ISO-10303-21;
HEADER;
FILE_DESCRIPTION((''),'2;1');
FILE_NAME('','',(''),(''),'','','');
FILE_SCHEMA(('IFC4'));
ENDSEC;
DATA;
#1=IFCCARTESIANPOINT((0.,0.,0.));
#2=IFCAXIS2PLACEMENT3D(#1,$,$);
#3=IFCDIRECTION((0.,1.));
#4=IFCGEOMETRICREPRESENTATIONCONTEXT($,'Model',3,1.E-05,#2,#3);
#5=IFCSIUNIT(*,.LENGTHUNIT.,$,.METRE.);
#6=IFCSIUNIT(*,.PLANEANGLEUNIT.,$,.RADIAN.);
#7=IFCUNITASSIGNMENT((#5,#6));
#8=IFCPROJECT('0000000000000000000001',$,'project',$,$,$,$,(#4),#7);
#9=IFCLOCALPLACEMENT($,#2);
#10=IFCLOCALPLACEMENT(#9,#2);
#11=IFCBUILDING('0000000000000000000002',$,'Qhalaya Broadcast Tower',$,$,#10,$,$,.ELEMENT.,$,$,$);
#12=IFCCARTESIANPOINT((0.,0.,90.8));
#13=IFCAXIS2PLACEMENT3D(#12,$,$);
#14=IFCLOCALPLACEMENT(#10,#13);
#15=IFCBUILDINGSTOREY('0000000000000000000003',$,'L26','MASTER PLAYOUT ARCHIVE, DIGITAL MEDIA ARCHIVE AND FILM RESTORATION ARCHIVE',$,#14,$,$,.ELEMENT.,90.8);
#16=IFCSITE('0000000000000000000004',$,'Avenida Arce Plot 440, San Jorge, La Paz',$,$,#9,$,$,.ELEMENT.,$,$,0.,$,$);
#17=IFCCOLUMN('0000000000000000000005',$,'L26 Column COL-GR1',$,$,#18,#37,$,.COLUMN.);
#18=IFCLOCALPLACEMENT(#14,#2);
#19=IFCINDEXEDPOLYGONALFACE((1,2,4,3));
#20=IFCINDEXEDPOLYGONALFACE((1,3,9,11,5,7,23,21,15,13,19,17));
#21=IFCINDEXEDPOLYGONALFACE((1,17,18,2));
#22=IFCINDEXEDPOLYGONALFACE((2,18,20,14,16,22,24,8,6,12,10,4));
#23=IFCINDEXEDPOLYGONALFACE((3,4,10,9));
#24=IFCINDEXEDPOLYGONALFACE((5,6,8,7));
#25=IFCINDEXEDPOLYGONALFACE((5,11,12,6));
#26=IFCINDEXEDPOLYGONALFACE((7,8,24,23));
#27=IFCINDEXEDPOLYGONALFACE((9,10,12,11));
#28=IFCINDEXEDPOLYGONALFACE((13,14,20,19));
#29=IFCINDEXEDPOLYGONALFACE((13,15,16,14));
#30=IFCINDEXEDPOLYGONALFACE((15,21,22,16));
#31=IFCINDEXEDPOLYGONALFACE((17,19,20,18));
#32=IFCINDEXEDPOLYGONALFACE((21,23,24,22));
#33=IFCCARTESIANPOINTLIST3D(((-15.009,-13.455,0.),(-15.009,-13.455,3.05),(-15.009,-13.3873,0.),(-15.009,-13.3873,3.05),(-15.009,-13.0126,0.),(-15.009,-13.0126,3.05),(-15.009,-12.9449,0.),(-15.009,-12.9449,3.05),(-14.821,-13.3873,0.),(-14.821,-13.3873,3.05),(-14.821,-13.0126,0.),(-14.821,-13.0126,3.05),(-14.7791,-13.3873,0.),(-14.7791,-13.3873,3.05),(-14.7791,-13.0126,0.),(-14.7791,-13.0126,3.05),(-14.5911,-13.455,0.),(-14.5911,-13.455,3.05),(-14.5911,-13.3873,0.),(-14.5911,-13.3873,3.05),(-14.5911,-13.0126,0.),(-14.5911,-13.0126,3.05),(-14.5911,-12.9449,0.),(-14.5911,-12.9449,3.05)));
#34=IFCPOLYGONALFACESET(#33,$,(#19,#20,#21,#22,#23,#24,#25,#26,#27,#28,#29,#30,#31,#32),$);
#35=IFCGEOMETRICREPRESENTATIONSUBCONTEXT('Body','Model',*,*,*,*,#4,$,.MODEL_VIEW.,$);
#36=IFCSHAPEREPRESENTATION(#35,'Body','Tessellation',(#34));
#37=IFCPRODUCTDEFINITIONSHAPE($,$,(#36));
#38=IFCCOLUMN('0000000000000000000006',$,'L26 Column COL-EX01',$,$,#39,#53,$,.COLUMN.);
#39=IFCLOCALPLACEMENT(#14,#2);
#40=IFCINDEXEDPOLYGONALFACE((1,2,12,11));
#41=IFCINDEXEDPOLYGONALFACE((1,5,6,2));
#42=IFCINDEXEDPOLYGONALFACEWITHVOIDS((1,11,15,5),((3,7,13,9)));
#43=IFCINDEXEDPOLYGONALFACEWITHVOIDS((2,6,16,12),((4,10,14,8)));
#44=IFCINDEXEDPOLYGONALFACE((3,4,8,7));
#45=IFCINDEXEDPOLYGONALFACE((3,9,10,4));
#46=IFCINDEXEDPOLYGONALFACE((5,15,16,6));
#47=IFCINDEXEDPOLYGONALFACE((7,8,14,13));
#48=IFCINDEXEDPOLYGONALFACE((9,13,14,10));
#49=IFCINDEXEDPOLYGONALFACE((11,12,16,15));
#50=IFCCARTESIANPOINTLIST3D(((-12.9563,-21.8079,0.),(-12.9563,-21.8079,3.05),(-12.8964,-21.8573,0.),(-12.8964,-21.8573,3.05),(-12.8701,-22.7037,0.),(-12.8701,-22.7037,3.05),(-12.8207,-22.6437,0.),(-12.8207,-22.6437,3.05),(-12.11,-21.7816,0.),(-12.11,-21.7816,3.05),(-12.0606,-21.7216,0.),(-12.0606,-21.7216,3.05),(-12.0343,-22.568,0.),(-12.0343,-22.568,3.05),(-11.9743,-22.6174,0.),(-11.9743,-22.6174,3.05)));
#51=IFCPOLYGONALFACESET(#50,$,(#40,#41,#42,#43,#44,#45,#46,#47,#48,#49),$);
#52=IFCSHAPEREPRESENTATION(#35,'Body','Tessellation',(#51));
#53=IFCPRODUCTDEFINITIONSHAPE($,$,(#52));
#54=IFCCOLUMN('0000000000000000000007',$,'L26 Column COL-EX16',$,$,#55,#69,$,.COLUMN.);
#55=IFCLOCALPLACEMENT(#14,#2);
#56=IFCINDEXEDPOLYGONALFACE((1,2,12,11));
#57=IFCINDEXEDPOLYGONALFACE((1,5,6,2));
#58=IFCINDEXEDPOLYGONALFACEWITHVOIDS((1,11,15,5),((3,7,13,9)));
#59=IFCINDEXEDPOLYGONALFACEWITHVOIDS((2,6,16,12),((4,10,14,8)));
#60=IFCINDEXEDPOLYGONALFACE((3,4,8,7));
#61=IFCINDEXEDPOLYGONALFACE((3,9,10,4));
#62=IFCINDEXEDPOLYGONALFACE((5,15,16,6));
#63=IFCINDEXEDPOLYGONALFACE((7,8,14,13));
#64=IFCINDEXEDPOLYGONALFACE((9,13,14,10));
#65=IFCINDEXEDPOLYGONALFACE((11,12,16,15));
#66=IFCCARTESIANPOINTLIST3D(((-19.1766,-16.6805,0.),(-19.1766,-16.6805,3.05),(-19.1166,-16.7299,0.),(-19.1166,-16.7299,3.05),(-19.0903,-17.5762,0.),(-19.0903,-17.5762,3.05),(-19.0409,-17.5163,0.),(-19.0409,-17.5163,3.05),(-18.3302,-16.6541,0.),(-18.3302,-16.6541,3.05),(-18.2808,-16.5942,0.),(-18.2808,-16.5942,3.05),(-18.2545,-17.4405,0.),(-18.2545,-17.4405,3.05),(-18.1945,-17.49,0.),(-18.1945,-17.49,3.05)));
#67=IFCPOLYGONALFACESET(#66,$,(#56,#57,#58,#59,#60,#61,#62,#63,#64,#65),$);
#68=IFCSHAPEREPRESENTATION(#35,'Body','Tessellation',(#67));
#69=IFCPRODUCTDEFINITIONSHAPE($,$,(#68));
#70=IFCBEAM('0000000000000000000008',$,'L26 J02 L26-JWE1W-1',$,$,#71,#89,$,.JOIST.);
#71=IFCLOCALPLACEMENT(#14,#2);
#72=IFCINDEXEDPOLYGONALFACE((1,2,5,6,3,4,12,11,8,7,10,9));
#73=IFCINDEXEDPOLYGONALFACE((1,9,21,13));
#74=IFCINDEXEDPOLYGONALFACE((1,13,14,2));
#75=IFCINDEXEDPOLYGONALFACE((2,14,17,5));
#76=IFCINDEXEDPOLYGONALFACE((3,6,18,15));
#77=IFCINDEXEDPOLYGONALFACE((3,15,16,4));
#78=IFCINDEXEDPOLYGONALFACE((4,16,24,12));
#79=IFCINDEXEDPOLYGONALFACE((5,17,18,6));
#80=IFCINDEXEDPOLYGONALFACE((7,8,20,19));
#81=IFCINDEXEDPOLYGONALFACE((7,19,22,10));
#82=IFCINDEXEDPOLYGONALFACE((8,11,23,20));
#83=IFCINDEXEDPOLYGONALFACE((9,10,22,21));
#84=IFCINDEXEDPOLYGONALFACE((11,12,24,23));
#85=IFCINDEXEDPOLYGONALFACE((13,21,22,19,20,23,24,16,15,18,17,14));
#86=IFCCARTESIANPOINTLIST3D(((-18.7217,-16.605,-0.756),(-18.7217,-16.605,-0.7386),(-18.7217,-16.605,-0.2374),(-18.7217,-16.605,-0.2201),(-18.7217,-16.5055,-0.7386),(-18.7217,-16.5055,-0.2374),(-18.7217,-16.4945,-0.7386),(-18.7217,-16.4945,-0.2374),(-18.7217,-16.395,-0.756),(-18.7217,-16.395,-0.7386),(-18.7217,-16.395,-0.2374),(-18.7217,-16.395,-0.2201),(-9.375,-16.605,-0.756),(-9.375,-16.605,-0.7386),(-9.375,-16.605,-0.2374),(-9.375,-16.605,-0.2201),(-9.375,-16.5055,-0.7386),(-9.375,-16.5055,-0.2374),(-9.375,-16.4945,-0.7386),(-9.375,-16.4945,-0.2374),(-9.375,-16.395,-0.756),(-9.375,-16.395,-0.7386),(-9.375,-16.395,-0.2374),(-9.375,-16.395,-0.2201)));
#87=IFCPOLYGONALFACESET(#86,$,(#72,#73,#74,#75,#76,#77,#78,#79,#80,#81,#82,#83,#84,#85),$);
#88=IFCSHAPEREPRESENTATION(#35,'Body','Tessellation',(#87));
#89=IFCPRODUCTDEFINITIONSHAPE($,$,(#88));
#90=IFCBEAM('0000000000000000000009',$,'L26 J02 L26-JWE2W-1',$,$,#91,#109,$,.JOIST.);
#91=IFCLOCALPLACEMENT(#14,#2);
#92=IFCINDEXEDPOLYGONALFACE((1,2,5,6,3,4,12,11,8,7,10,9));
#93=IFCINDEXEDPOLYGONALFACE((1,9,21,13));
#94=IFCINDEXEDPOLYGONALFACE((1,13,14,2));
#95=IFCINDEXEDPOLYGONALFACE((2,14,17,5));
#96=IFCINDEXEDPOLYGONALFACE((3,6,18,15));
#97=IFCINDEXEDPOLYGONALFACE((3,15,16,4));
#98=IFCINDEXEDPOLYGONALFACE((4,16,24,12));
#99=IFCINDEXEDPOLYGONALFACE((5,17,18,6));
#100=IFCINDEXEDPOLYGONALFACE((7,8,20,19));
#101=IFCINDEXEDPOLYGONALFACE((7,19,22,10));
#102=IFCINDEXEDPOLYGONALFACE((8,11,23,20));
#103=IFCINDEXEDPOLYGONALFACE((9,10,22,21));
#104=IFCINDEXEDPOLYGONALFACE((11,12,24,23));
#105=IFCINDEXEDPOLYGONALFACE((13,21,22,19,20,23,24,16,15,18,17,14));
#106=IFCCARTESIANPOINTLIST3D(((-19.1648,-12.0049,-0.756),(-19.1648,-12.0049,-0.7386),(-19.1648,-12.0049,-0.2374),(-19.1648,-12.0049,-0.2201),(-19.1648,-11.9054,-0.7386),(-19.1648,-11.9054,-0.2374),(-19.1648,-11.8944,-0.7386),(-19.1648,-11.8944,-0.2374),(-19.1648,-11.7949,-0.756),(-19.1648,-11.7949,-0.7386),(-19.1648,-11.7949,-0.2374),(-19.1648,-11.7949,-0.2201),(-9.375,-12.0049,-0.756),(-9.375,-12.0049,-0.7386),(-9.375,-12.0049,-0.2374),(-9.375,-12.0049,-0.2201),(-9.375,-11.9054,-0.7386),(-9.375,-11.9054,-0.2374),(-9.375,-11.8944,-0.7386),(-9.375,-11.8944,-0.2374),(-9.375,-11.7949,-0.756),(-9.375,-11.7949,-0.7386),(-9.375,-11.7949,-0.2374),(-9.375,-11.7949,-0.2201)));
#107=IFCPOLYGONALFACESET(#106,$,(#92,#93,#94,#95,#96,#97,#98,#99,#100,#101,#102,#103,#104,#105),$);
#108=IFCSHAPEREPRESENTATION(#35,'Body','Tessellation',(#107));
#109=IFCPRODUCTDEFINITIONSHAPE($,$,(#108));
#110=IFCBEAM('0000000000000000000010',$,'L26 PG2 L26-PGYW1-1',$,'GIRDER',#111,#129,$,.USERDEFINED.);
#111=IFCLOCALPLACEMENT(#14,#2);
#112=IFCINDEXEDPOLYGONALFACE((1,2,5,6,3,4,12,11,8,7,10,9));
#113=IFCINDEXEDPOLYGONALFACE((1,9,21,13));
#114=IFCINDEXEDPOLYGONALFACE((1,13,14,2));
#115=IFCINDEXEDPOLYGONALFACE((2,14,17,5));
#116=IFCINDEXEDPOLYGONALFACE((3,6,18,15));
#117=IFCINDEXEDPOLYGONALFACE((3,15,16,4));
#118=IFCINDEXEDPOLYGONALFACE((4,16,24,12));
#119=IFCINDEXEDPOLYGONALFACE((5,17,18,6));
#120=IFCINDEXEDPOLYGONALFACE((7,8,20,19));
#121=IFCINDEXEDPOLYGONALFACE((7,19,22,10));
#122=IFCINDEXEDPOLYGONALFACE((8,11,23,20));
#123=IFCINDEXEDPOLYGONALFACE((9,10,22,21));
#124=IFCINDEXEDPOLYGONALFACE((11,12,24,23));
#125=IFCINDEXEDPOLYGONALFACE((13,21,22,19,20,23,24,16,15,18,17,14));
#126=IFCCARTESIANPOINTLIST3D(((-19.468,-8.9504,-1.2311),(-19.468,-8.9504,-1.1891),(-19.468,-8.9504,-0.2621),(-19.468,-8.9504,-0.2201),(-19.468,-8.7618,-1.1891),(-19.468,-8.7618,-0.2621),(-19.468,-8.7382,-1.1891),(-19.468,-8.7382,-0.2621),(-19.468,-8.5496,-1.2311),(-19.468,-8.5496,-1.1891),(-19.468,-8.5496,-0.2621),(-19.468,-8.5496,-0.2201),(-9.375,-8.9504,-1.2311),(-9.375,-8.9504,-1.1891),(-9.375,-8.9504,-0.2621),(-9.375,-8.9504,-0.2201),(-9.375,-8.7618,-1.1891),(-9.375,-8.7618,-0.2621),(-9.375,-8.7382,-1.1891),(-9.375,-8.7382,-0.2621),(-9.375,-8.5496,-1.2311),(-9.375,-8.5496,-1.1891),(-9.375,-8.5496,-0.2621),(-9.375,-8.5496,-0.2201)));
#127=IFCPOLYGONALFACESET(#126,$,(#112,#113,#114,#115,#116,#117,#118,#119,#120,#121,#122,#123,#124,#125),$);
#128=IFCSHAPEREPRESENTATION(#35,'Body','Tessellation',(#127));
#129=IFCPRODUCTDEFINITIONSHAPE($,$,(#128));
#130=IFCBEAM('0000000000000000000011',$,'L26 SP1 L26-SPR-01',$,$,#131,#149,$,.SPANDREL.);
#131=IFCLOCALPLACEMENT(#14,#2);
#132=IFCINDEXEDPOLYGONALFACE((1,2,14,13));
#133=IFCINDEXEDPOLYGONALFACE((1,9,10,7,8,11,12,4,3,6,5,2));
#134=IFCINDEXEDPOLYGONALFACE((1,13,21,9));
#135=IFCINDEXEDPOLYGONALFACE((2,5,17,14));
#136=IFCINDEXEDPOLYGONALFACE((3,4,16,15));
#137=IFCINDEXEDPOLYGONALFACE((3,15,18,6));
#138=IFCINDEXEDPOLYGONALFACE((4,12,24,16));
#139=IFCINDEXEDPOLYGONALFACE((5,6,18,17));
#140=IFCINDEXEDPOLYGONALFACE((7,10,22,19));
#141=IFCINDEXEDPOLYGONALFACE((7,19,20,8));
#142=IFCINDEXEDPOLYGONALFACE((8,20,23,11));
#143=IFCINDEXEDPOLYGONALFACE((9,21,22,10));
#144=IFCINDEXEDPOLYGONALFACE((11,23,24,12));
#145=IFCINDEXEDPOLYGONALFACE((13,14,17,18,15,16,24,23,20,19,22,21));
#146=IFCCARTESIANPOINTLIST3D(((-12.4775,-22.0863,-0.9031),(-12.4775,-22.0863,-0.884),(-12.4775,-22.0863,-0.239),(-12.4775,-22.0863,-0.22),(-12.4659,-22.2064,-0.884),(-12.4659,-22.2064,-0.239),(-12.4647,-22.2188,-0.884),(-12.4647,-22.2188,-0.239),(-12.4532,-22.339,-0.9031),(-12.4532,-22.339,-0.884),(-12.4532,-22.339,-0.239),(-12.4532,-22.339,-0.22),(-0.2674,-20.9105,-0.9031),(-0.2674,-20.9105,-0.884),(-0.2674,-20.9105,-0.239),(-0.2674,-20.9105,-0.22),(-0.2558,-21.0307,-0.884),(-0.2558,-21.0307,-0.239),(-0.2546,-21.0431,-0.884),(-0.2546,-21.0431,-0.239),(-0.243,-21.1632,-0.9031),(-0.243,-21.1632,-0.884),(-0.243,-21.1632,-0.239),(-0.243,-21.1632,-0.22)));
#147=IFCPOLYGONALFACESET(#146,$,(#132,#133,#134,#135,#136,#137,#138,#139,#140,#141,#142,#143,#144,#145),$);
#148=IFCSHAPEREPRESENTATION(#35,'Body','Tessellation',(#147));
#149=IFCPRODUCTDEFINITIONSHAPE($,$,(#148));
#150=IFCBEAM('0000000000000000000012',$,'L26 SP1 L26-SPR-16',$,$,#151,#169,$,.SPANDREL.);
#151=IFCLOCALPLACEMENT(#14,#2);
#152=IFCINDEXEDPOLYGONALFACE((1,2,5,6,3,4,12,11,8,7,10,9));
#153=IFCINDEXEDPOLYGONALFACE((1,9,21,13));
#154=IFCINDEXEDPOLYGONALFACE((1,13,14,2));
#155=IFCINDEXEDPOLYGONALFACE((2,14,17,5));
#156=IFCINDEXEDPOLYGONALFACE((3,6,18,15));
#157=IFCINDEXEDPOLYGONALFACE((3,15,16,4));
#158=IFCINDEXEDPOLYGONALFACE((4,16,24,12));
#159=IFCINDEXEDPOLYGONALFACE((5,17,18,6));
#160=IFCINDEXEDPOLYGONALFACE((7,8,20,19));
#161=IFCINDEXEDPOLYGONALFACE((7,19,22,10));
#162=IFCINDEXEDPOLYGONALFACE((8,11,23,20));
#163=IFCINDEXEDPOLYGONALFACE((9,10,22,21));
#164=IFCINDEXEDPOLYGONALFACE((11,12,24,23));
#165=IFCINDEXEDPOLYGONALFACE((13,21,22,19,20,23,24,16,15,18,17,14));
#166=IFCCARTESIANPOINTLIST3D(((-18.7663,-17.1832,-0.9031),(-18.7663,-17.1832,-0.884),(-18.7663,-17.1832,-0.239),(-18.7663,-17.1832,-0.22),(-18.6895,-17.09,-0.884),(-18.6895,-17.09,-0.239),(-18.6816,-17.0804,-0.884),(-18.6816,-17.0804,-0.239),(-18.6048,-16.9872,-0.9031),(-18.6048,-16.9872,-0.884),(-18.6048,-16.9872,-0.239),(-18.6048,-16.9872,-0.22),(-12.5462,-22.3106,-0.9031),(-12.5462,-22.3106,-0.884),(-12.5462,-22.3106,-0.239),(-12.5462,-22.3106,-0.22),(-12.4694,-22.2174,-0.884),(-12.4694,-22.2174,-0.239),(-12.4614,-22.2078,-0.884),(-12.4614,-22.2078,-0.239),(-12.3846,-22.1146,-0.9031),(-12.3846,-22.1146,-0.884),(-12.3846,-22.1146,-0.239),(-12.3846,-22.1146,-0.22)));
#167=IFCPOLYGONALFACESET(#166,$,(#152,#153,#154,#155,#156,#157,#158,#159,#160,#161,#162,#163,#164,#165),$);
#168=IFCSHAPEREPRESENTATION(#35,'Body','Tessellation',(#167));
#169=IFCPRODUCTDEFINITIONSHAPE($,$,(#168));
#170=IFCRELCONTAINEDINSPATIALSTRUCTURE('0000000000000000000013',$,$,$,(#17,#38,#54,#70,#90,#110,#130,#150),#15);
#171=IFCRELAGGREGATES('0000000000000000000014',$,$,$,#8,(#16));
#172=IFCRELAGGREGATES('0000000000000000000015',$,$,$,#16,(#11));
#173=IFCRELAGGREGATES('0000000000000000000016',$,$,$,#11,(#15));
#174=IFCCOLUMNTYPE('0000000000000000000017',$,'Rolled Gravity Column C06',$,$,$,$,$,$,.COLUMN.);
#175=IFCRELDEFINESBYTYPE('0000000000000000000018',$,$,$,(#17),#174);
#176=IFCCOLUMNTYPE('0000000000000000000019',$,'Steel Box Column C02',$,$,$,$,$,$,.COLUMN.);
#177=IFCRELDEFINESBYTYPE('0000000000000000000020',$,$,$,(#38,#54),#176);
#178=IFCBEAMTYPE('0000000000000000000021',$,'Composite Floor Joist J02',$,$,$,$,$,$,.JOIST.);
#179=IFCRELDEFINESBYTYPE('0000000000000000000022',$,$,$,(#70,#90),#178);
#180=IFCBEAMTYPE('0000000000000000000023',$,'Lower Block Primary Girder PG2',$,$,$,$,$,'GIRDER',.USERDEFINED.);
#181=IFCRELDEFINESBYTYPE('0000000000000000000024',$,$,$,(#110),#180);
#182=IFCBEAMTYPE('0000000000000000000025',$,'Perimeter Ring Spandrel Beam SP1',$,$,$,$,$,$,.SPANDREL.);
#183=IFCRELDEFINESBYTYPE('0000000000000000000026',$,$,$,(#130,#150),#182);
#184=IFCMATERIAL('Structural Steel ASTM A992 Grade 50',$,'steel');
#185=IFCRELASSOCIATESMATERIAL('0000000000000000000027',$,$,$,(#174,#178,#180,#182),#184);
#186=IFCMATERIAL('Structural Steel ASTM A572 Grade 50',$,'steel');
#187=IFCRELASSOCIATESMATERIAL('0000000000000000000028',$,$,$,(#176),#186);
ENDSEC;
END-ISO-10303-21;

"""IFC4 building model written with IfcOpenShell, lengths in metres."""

from ifc_helpers import new_model, si_unit, direction, frame, origin, origin_2d, place, context, subcontext, project, spatial, hollow_rectangle, i_section, extrude, material, material_profile, profile_set, type_object, element, save


model = new_model("IFC4")

# Units and contexts
model_context = context("Model", 3, precision=1e-05, world=origin(), true_north=direction((0.0, 1.0)))
body_context = subcontext(model_context, "Body", "Model", "MODEL_VIEW")
ifc_project = project(units=[si_unit("LENGTHUNIT", "METRE"), si_unit("PLANEANGLEUNIT", "RADIAN")], contexts=[model_context])

# Site, building, storey
site_placement = place(None, origin())
site = spatial("IfcSite", under=ifc_project, at=site_placement, Name="Avenida Arce Plot 440, San Jorge, La Paz", CompositionType="ELEMENT", RefElevation=0.0)
building_placement = place(site_placement, origin())
building = spatial("IfcBuilding", under=site, at=building_placement, Name="Qhalaya Broadcast Tower", CompositionType="ELEMENT")
storey_placement = place(building_placement, frame((0.0, 0.0, 90.8)))
storey = spatial("IfcBuildingStorey", under=building, at=storey_placement, Name="L26", Description="MASTER PLAYOUT ARCHIVE, DIGITAL MEDIA ARCHIVE AND FILM RESTORATION ARCHIVE", CompositionType="ELEMENT", Elevation=90.8)

# Columns
ifc_material_1 = material(Name="Structural Steel ASTM A992 Grade 50", Category="steel")
ifc_material_profile_1 = material_profile(ifc_material_1, i_section(OverallWidth=0.418, OverallDepth=0.51, WebThickness=0.042, FlangeThickness=0.0676, at=origin_2d()), Name="W14X370")
ifc_profile_set_1 = profile_set([ifc_material_profile_1], Name="Structural Steel ASTM A992 Grade 50")
column_type_1 = type_object("IfcColumnType", Name="Rolled Gravity Column C06", PredefinedType="COLUMN", material=ifc_profile_set_1)
column_placement = place(storey_placement, frame((-14.8, -13.2, 0.0), z_axis=(0.0, 0.0, 1.0), x_axis=(1.0, 0.0, 0.0)))
element("IfcColumn", 1, at=column_placement, inside=storey, type_object=column_type_1, Name="L26 Column COL-GR1", PredefinedType="COLUMN", context=body_context, shape_type="SweptSolid", body=[
    extrude(i_section(OverallWidth=0.418, OverallDepth=0.51, WebThickness=0.042, FlangeThickness=0.0676, at=origin_2d()), origin(), (0.0, 0.0, 1.0), 3.05),
])
ifc_material_2 = material(Name="Structural Steel ASTM A572 Grade 50", Category="steel")
ifc_material_profile_2 = material_profile(ifc_material_2, hollow_rectangle(XDim=0.8999, YDim=0.8999, WallThickness=0.0549, at=origin_2d()), Name="BOX 900x900x55")
ifc_profile_set_2 = profile_set([ifc_material_profile_2], Name="Structural Steel ASTM A572 Grade 50")
column_type_2 = type_object("IfcColumnType", Name="Steel Box Column C02", PredefinedType="COLUMN", material=ifc_profile_set_2)
for number, where, z_axis, x_axis, name in (
    (2, (-12.4653, -22.2126, 0.0), (0.0, 0.0, 1.0), (0.995396, 0.095846, 0.0), "L26 Column COL-EX01"),
    (3, (-18.6855, -17.0852, 0.0), (0.0, 0.0, 1.0), (-0.095846, 0.995396, 0.0), "L26 Column COL-EX16"),
):
    element("IfcColumn", number, at=place(storey_placement, frame(where, z_axis=z_axis, x_axis=x_axis)), inside=storey, type_object=column_type_2, Name=name, PredefinedType="COLUMN", context=body_context, shape_type="SweptSolid", body=[
        extrude(hollow_rectangle(XDim=0.8999, YDim=0.8999, WallThickness=0.0549, at=origin_2d()), origin(), (0.0, 0.0, 1.0), 3.05),
    ])

# Beams
ifc_material_profile_3 = material_profile(ifc_material_1, i_section(OverallWidth=0.21, OverallDepth=0.5359, WebThickness=0.011, FlangeThickness=0.0173, at=origin_2d()), Name="W21X68")
ifc_profile_set_3 = profile_set([ifc_material_profile_3], Name="Structural Steel ASTM A992 Grade 50")
beam_type_1 = type_object("IfcBeamType", Name="Composite Floor Joist J02", PredefinedType="JOIST", material=ifc_profile_set_3)
beam_1_placement = place(storey_placement, frame((-18.7217, -16.5, -0.488), z_axis=(1.0, 0.0, 0.0), x_axis=(0.0, 1.0, 0.0)))
element("IfcBeam", 4, at=beam_1_placement, inside=storey, type_object=beam_type_1, Name="L26 J02 L26-JWE1W-1", PredefinedType="JOIST", context=body_context, shape_type="SweptSolid", body=[
    extrude(i_section(OverallWidth=0.21, OverallDepth=0.5359, WebThickness=0.011, FlangeThickness=0.0173, at=origin_2d()), origin(), (0.0, 0.0, 1.0), 9.3467),
])
beam_2_placement = place(storey_placement, frame((-19.1648, -11.8999, -0.488), z_axis=(1.0, 0.0, 0.0), x_axis=(0.0, 1.0, 0.0)))
element("IfcBeam", 5, at=beam_2_placement, inside=storey, type_object=beam_type_1, Name="L26 J02 L26-JWE2W-1", PredefinedType="JOIST", context=body_context, shape_type="SweptSolid", body=[
    extrude(i_section(OverallWidth=0.21, OverallDepth=0.5359, WebThickness=0.011, FlangeThickness=0.0173, at=origin_2d()), origin(), (0.0, 0.0, 1.0), 9.7898),
])
ifc_material_profile_4 = material_profile(ifc_material_1, i_section(OverallWidth=0.4009, OverallDepth=1.011, WebThickness=0.0237, FlangeThickness=0.042, at=origin_2d()), Name="W40X297")
ifc_profile_set_4 = profile_set([ifc_material_profile_4], Name="Structural Steel ASTM A992 Grade 50")
beam_type_2 = type_object("IfcBeamType", Name="Lower Block Primary Girder PG2", ElementType="GIRDER", PredefinedType="USERDEFINED", material=ifc_profile_set_4)
beam_3_placement = place(storey_placement, frame((-19.468, -8.75, -0.7256), z_axis=(1.0, 0.0, 0.0), x_axis=(0.0, 1.0, 0.0)))
element("IfcBeam", 6, at=beam_3_placement, inside=storey, type_object=beam_type_2, Name="L26 PG2 L26-PGYW1-1", ObjectType="GIRDER", PredefinedType="USERDEFINED", context=body_context, shape_type="SweptSolid", body=[
    extrude(i_section(OverallWidth=0.4009, OverallDepth=1.011, WebThickness=0.0237, FlangeThickness=0.042, at=origin_2d()), origin(), (0.0, 0.0, 1.0), 10.093),
])
ifc_material_profile_5 = material_profile(ifc_material_1, i_section(OverallWidth=0.2539, OverallDepth=0.6831, WebThickness=0.0125, FlangeThickness=0.019, at=origin_2d()), Name="W27X94")
ifc_profile_set_5 = profile_set([ifc_material_profile_5], Name="Structural Steel ASTM A992 Grade 50")
beam_type_3 = type_object("IfcBeamType", Name="Perimeter Ring Spandrel Beam SP1", PredefinedType="SPANDREL", material=ifc_profile_set_5)
beam_4_placement = place(storey_placement, frame((-12.4653, -22.2126, -0.5615), z_axis=(0.995396, 0.095852, 0.0), x_axis=(-0.095852, 0.995396, 0.0)))
element("IfcBeam", 7, at=beam_4_placement, inside=storey, type_object=beam_type_3, Name="L26 SP1 L26-SPR-01", PredefinedType="SPANDREL", context=body_context, shape_type="SweptSolid", body=[
    extrude(i_section(OverallWidth=0.2539, OverallDepth=0.6831, WebThickness=0.0125, FlangeThickness=0.019, at=origin_2d()), origin(), (0.0, 0.0, 1.0), 12.2666),
])
beam_5_placement = place(storey_placement, frame((-18.6855, -17.0852, -0.5615), z_axis=(0.771631, -0.63607, 0.0), x_axis=(0.63607, 0.771631, 0.0)))
element("IfcBeam", 8, at=beam_5_placement, inside=storey, type_object=beam_type_3, Name="L26 SP1 L26-SPR-16", PredefinedType="SPANDREL", context=body_context, shape_type="SweptSolid", body=[
    extrude(i_section(OverallWidth=0.2539, OverallDepth=0.6831, WebThickness=0.0125, FlangeThickness=0.019, at=origin_2d()), origin(), (0.0, 0.0, 1.0), 8.061),
])

save(model, "model.ifc")
